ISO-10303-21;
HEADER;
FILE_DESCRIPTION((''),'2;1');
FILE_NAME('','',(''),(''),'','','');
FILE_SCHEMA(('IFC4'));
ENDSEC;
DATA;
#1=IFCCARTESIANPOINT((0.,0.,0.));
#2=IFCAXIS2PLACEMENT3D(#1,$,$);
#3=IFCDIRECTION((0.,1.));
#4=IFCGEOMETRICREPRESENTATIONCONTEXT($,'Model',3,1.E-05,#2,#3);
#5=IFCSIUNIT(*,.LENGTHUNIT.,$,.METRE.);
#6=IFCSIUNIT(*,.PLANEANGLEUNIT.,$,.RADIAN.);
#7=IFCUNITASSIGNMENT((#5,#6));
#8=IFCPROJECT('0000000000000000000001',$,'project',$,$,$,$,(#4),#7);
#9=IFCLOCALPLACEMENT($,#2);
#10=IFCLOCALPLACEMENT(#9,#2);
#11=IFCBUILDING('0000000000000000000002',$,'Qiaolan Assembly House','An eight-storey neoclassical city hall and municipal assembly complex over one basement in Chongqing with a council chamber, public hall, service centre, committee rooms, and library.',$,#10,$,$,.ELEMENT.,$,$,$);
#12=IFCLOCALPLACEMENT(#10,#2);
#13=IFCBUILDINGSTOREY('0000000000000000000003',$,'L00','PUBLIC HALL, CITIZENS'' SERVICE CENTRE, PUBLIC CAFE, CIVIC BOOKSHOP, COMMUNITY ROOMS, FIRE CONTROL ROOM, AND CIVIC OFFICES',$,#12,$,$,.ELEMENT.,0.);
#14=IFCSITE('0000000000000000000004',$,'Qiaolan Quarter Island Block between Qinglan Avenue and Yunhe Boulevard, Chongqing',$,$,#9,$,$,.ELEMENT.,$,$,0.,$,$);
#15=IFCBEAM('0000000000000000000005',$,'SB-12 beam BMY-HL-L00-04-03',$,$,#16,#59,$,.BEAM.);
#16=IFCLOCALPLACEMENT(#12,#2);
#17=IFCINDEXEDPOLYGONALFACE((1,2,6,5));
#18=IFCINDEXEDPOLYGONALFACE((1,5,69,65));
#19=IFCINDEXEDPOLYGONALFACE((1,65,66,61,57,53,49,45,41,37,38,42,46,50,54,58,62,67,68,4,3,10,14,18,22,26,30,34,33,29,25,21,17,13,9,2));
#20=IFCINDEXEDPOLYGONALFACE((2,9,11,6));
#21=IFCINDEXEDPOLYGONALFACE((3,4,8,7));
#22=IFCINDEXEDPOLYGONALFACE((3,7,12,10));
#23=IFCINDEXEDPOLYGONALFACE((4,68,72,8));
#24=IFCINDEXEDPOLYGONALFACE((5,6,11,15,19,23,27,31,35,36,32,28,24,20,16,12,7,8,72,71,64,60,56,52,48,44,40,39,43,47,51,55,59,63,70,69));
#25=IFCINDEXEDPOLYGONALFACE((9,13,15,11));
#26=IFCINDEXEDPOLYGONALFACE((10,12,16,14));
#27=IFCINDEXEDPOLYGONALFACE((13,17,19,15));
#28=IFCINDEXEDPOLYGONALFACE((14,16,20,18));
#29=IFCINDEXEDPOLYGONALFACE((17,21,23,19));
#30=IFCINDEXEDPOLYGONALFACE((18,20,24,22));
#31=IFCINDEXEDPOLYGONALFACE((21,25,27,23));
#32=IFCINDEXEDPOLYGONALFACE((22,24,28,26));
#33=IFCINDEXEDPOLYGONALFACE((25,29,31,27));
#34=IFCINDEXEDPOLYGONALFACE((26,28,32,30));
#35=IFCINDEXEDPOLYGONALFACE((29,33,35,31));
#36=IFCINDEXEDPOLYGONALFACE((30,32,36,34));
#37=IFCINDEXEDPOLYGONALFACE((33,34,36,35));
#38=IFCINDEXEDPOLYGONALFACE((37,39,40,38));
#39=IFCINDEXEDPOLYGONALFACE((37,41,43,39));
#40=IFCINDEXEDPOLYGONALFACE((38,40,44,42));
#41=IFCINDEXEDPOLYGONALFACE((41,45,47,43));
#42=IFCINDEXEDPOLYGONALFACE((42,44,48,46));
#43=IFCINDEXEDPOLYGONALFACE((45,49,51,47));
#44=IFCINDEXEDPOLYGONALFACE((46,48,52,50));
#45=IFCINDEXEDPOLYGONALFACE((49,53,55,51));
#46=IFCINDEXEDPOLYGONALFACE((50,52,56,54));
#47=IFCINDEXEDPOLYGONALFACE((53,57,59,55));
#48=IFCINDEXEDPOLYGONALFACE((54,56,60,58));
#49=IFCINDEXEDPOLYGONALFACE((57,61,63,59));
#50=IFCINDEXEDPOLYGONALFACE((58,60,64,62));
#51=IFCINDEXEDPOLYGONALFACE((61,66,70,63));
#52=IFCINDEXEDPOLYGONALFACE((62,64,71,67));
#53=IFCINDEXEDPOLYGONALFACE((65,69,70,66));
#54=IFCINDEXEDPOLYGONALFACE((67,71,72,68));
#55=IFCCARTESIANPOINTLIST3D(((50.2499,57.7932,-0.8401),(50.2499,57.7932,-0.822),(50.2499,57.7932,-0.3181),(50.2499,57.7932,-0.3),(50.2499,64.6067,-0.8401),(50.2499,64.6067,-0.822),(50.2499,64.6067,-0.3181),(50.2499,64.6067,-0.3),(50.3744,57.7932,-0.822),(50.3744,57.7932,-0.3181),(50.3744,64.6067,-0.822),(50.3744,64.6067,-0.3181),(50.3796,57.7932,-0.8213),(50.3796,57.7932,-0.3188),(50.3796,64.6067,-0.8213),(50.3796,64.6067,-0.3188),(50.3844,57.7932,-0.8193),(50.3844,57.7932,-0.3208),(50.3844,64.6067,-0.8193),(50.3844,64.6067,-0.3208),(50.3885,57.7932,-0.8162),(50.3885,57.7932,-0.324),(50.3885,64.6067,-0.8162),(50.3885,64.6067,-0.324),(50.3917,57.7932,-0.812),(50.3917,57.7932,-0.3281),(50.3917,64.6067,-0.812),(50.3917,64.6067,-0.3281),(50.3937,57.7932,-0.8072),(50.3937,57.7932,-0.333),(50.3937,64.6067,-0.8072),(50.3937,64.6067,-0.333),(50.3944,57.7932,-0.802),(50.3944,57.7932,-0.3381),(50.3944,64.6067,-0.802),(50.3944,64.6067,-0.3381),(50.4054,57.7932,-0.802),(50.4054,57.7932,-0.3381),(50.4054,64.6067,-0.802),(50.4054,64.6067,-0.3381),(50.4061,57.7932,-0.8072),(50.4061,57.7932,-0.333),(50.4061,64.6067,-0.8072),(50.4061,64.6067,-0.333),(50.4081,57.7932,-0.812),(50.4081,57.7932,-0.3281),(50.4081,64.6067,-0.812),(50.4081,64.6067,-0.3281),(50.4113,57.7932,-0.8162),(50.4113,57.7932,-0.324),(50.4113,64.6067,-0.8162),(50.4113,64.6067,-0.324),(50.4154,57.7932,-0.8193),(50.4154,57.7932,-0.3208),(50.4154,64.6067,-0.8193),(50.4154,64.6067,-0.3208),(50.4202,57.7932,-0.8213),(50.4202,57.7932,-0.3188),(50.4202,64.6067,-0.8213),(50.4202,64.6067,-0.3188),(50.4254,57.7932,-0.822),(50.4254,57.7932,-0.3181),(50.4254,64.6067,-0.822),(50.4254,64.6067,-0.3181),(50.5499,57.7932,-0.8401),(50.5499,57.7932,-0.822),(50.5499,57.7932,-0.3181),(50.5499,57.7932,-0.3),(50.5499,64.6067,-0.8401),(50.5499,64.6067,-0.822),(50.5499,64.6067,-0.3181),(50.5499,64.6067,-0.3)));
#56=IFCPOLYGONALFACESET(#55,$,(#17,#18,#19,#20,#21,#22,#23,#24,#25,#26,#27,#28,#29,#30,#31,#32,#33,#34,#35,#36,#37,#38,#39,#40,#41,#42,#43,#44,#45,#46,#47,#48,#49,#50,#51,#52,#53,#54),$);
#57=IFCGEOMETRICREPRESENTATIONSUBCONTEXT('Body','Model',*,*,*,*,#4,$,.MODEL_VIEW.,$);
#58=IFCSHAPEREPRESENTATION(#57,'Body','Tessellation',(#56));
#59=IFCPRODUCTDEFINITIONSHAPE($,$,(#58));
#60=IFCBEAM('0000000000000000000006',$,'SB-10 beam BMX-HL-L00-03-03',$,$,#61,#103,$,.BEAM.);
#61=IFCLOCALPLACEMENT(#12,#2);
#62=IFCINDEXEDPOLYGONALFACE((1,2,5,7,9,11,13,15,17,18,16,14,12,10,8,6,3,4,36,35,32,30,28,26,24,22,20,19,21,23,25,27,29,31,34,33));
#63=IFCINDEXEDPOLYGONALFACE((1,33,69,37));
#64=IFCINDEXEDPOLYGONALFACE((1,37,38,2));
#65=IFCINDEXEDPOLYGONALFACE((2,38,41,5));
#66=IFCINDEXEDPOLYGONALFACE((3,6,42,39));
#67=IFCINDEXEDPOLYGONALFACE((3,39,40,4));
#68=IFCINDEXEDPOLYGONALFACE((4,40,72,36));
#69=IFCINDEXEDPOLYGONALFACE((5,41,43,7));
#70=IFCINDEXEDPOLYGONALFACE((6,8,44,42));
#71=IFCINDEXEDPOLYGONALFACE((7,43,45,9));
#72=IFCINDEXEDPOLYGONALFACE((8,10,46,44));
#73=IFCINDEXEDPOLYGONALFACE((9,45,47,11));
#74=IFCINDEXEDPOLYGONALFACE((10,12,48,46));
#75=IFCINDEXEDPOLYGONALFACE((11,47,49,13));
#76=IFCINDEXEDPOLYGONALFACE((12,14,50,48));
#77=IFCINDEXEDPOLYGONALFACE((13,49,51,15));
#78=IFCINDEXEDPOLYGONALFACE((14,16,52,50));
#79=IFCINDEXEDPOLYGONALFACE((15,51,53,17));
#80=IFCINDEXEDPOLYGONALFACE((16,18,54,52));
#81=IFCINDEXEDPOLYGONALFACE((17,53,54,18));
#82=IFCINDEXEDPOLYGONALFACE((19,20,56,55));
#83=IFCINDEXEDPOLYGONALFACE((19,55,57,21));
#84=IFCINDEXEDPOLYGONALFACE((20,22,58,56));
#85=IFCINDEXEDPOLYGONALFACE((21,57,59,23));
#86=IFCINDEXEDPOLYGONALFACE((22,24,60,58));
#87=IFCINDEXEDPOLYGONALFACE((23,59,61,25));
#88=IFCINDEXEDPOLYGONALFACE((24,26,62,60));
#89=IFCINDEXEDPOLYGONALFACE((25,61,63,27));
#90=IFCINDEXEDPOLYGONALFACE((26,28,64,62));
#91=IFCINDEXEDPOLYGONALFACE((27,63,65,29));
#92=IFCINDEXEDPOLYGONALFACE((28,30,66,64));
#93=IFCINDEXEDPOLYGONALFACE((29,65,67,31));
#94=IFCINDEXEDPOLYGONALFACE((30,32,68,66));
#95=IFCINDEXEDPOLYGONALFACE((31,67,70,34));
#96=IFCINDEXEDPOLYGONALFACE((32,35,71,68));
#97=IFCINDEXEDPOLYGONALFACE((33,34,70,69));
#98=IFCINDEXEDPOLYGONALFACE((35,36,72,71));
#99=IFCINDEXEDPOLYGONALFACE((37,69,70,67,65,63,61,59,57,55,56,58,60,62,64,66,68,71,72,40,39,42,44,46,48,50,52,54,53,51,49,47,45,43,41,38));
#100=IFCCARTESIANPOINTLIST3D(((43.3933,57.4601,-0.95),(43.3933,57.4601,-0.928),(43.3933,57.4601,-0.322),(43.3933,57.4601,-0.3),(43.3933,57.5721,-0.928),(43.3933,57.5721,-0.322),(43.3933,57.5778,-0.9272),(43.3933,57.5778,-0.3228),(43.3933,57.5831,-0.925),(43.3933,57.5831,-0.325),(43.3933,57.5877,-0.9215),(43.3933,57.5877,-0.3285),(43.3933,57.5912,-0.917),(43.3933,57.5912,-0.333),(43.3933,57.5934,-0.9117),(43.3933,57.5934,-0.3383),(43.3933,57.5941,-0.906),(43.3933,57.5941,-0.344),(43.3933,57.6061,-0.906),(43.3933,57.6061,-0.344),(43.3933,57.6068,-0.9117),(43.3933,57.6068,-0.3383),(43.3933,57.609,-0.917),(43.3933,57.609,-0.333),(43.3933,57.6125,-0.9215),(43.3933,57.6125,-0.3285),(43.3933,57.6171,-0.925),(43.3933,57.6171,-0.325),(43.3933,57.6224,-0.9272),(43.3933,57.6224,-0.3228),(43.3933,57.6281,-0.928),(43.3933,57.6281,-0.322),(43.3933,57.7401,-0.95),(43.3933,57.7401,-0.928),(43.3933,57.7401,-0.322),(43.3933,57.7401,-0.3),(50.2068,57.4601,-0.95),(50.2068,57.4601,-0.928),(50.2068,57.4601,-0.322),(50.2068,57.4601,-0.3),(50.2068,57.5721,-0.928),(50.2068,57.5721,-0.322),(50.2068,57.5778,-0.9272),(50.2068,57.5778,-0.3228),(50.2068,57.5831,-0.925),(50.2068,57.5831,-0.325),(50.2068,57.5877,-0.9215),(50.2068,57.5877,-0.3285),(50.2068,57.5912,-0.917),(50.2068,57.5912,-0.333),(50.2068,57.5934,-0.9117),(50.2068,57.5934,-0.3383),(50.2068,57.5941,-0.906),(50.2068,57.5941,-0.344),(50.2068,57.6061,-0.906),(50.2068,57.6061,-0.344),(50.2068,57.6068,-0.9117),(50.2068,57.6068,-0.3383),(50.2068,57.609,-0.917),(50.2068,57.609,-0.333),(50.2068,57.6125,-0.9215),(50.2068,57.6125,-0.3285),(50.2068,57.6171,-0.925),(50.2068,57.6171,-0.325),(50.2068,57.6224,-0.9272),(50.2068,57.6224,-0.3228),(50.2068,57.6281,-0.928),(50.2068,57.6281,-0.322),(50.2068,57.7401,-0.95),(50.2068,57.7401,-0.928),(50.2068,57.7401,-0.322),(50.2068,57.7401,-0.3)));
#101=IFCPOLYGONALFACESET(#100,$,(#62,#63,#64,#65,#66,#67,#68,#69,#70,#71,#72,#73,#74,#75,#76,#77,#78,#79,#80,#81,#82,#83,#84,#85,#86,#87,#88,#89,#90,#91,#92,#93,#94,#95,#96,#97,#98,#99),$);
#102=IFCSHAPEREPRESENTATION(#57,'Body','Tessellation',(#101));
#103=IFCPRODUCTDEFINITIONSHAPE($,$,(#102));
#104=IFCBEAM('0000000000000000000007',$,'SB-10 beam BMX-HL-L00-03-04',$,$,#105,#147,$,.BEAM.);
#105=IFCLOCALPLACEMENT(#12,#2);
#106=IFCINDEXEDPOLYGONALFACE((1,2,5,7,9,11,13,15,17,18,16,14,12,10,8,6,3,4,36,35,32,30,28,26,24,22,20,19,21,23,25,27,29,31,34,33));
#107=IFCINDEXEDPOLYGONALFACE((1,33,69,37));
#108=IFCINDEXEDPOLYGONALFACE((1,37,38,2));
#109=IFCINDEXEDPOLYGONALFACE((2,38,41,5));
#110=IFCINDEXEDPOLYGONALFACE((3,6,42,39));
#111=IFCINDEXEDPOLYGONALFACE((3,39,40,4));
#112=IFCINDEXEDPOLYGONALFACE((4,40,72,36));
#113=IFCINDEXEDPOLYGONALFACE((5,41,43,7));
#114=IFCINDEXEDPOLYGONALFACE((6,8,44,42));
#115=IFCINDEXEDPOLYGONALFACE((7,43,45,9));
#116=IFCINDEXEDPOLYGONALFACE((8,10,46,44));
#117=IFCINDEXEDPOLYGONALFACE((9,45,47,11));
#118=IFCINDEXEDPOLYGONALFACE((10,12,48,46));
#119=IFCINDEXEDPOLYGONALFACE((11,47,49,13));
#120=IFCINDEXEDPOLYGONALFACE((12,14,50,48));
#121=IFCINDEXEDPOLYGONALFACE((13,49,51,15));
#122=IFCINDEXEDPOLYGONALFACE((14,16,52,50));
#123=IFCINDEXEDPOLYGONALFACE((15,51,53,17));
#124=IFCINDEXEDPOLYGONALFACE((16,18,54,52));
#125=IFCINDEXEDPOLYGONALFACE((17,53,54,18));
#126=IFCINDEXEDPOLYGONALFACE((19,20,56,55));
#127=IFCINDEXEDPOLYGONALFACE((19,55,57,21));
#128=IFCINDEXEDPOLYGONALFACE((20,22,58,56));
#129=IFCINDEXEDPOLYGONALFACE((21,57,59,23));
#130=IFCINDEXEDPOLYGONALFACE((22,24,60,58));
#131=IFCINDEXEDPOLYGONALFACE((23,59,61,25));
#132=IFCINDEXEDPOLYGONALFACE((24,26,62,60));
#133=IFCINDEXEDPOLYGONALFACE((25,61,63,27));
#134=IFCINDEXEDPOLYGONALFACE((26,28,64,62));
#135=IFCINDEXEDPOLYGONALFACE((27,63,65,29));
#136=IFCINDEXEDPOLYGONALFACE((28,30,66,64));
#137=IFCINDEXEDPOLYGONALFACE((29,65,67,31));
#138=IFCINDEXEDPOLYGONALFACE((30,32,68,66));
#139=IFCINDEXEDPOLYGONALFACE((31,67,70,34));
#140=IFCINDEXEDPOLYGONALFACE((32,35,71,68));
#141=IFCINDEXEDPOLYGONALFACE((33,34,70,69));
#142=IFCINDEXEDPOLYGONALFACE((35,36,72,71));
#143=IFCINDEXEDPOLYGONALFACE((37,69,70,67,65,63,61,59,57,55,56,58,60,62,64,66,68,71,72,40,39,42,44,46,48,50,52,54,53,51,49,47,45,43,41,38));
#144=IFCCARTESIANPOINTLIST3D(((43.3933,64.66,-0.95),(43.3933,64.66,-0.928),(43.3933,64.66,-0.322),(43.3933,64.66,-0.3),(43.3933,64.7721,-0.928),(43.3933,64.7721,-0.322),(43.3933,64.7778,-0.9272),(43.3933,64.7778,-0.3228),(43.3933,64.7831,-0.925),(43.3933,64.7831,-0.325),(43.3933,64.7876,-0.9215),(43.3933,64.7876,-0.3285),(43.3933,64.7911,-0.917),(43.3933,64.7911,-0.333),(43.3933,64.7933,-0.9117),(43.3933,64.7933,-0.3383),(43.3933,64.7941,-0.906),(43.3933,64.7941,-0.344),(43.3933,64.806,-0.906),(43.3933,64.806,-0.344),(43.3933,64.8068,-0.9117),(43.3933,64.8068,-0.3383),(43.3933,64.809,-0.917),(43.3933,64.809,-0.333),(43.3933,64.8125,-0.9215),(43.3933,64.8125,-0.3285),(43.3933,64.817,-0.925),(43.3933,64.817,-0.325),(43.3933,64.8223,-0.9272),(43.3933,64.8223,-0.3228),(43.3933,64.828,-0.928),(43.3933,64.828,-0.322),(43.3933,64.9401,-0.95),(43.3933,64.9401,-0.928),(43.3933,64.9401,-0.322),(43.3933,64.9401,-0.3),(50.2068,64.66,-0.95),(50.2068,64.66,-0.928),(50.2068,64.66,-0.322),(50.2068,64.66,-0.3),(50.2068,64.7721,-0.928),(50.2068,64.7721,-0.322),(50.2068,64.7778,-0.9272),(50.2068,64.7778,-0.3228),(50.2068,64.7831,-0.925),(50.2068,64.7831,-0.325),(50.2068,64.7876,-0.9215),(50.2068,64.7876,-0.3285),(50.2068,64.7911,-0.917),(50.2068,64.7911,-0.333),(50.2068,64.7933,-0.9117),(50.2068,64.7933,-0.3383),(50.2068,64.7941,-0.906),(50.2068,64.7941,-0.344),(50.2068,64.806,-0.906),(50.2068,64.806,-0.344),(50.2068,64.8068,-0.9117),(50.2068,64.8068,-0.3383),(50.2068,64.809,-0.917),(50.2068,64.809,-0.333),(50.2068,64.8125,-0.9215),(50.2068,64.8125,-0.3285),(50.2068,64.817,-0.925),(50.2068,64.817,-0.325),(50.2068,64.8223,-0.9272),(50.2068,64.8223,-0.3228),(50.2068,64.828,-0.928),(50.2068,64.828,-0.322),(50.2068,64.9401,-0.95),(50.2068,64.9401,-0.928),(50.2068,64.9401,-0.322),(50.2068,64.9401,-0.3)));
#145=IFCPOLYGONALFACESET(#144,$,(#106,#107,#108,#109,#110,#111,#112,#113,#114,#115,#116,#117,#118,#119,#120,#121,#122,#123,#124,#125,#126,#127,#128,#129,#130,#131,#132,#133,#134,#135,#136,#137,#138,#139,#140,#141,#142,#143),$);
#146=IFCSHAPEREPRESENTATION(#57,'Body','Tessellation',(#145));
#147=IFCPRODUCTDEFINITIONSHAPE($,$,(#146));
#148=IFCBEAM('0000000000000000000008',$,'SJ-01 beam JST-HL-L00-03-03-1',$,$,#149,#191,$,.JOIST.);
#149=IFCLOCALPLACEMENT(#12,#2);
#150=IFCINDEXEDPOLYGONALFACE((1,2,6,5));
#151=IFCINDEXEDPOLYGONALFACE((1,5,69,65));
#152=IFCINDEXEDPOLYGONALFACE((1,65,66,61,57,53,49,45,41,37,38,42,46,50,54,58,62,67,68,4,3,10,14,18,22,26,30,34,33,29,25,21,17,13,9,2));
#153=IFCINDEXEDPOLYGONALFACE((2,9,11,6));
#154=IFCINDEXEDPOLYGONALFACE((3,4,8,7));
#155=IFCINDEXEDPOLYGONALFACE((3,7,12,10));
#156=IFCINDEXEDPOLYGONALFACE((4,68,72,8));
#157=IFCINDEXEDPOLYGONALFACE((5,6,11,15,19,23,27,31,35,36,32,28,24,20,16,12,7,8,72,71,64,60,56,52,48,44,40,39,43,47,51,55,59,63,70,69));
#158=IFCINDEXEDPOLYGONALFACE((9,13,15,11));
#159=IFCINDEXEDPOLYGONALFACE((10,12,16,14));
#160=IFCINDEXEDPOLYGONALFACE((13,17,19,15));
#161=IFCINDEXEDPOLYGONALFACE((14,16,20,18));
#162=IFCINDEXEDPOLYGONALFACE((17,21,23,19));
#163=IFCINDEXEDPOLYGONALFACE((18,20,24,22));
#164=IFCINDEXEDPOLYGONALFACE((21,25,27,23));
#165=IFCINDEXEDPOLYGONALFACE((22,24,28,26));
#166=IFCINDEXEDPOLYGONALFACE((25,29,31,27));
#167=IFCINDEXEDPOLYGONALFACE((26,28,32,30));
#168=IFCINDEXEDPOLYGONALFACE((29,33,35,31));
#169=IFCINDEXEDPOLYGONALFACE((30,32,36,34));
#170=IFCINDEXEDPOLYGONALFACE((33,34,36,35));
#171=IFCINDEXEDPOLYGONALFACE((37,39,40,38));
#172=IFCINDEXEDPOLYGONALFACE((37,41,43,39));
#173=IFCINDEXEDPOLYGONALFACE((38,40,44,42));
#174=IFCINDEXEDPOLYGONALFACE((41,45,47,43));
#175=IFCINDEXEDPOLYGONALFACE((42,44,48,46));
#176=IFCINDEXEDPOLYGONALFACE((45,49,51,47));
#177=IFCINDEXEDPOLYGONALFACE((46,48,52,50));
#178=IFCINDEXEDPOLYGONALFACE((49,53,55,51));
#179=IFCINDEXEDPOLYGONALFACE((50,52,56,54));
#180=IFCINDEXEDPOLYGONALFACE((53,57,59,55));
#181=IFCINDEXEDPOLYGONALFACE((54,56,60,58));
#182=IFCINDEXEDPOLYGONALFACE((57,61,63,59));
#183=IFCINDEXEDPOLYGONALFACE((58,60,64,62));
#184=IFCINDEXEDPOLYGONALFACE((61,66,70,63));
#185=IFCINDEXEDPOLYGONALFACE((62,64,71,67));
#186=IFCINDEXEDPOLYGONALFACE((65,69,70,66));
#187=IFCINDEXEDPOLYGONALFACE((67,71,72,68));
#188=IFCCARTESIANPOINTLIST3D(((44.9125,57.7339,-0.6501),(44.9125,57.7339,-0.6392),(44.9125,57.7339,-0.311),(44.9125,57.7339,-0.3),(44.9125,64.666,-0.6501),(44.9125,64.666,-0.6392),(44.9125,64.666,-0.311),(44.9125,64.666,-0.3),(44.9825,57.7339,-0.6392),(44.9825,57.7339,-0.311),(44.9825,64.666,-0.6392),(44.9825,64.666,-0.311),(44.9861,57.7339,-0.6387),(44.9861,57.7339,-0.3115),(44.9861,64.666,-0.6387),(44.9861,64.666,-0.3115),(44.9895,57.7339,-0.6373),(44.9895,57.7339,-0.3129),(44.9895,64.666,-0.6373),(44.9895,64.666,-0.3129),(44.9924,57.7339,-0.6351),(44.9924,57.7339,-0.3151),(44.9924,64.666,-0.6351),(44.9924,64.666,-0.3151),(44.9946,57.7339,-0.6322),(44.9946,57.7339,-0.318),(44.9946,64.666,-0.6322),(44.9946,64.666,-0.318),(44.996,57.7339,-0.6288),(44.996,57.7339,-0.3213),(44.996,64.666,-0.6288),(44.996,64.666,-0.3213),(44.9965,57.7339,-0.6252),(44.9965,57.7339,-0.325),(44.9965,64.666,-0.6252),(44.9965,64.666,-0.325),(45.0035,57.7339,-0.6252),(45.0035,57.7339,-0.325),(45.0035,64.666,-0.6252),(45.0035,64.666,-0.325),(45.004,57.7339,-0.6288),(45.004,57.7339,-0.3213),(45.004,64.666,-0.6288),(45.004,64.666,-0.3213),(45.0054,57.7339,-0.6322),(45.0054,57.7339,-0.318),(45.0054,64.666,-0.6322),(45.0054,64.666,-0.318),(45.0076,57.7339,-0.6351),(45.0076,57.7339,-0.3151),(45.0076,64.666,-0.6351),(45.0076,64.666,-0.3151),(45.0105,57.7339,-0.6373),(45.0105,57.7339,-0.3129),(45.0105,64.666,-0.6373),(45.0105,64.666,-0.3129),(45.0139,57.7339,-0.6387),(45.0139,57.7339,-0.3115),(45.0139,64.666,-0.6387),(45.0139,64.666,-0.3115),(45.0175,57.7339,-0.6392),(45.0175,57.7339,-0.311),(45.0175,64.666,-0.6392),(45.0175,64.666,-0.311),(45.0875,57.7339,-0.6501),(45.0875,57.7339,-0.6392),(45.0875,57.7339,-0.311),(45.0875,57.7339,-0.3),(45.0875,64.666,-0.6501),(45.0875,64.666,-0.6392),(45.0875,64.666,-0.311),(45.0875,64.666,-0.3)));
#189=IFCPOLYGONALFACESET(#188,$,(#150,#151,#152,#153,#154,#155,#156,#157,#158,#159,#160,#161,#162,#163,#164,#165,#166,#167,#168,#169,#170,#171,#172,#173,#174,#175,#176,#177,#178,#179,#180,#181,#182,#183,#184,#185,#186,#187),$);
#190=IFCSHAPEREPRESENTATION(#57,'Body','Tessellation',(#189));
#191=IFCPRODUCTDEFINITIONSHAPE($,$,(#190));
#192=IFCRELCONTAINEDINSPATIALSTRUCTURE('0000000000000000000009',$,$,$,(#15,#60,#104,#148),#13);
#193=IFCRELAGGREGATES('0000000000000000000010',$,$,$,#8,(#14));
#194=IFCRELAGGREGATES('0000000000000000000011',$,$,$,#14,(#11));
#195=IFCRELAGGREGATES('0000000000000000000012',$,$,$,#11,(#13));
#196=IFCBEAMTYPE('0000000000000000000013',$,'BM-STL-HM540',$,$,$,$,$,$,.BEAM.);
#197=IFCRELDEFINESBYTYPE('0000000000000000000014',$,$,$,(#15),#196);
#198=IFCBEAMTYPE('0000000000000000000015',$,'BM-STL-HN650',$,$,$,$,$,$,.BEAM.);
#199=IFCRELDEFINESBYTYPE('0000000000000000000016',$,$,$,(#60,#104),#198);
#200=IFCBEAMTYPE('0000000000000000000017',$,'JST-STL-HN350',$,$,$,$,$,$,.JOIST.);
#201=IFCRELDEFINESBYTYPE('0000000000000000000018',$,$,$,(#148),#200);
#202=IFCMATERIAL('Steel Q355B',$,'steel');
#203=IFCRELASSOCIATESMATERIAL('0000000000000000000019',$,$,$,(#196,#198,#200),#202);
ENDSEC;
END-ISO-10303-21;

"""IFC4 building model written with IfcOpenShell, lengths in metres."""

from ifc_helpers import new_model, si_unit, direction, frame, origin, origin_2d, place, context, subcontext, project, spatial, i_section, extrude, material, material_profile, profile_set, type_object, element, save


model = new_model("IFC4")

# Units and contexts
model_context = context("Model", 3, precision=1e-05, world=origin(), true_north=direction((0.0, 1.0)))
body_context = subcontext(model_context, "Body", "Model", "MODEL_VIEW")
ifc_project = project(units=[si_unit("LENGTHUNIT", "METRE"), si_unit("PLANEANGLEUNIT", "RADIAN")], contexts=[model_context])

# Site, building, storey
site_placement = place(None, origin())
site = spatial("IfcSite", under=ifc_project, at=site_placement, Name="Qiaolan Quarter Island Block between Qinglan Avenue and Yunhe Boulevard, Chongqing", CompositionType="ELEMENT", RefElevation=0.0)
building_placement = place(site_placement, origin())
building = spatial("IfcBuilding", under=site, at=building_placement, Name="Qiaolan Assembly House", Description="An eight-storey neoclassical city hall and municipal assembly complex over one basement in Chongqing with a council chamber, public hall, service centre, committee rooms, and library.", CompositionType="ELEMENT")
storey_placement = place(building_placement, origin())
storey = spatial("IfcBuildingStorey", under=building, at=storey_placement, Name="L00", Description="PUBLIC HALL, CITIZENS' SERVICE CENTRE, PUBLIC CAFE, CIVIC BOOKSHOP, COMMUNITY ROOMS, FIRE CONTROL ROOM, AND CIVIC OFFICES", CompositionType="ELEMENT", Elevation=0.0)

# Shared definitions
ifc_material_1 = material(Name="Steel Q355B", Category="steel")

# Beams
ifc_material_profile_1 = material_profile(ifc_material_1, i_section(OverallWidth=0.3, OverallDepth=0.54, WebThickness=0.011, FlangeThickness=0.0181, FilletRadius=0.02, at=origin_2d()), Name="HM 540x300x11x18")
ifc_profile_set_1 = profile_set([ifc_material_profile_1], Name="Steel Q355B")
beam_type_1 = type_object("IfcBeamType", Name="BM-STL-HM540", PredefinedType="BEAM", material=ifc_profile_set_1)
for number, where, z_axis, x_axis, name in (
    (1, (50.3999, 57.7932, -0.5701), (0.0, 1.0, 0.0), (-1.0, 0.0, 0.0), "SB-12 beam BMY-HL-L00-04-03"),
):
    element("IfcBeam", number, at=place(storey_placement, frame(where, z_axis=z_axis, x_axis=x_axis)), inside=storey, type_object=beam_type_1, Name=name, PredefinedType="BEAM", context=body_context, shape_type="SweptSolid", body=[
        extrude(i_section(OverallWidth=0.3, OverallDepth=0.54, WebThickness=0.011, FlangeThickness=0.0181, FilletRadius=0.02, at=origin_2d()), origin(), (0.0, 0.0, 1.0), 6.8135),
    ])
ifc_material_profile_2 = material_profile(ifc_material_1, i_section(OverallWidth=0.28, OverallDepth=0.6499, WebThickness=0.012, FlangeThickness=0.022, FilletRadius=0.022, at=origin_2d()), Name="HN 650x280x12x22")
ifc_profile_set_2 = profile_set([ifc_material_profile_2], Name="Steel Q355B")
beam_type_2 = type_object("IfcBeamType", Name="BM-STL-HN650", PredefinedType="BEAM", material=ifc_profile_set_2)
for number, where, z_axis, x_axis, name in (
    (2, (43.3933, 57.6001, -0.625), (1.0, 0.0, 0.0), (0.0, 1.0, 0.0), "SB-10 beam BMX-HL-L00-03-03"),
    (3, (43.3933, 64.8, -0.625), (1.0, 0.0, 0.0), (0.0, 1.0, 0.0), "SB-10 beam BMX-HL-L00-03-04"),
):
    element("IfcBeam", number, at=place(storey_placement, frame(where, z_axis=z_axis, x_axis=x_axis)), inside=storey, type_object=beam_type_2, Name=name, PredefinedType="BEAM", context=body_context, shape_type="SweptSolid", body=[
        extrude(i_section(OverallWidth=0.28, OverallDepth=0.6499, WebThickness=0.012, FlangeThickness=0.022, FilletRadius=0.022, at=origin_2d()), origin(), (0.0, 0.0, 1.0), 6.8135),
    ])
ifc_material_profile_3 = material_profile(ifc_material_1, i_section(OverallWidth=0.175, OverallDepth=0.3501, WebThickness=0.0071, FlangeThickness=0.011, FilletRadius=0.0139, at=origin_2d()), Name="HN 350x175x7x11")
ifc_profile_set_3 = profile_set([ifc_material_profile_3], Name="Steel Q355B")
beam_type_3 = type_object("IfcBeamType", Name="JST-STL-HN350", PredefinedType="JOIST", material=ifc_profile_set_3)
for number, where, z_axis, x_axis, name in (
    (4, (45.0, 57.7339, -0.4751), (0.0, 1.0, 0.0), (-1.0, 0.0, 0.0), "SJ-01 beam JST-HL-L00-03-03-1"),
):
    element("IfcBeam", number, at=place(storey_placement, frame(where, z_axis=z_axis, x_axis=x_axis)), inside=storey, type_object=beam_type_3, Name=name, PredefinedType="JOIST", context=body_context, shape_type="SweptSolid", body=[
        extrude(i_section(OverallWidth=0.175, OverallDepth=0.3501, WebThickness=0.0071, FlangeThickness=0.011, FilletRadius=0.0139, at=origin_2d()), origin(), (0.0, 0.0, 1.0), 6.9321),
    ])

save(model, "model.ifc")
